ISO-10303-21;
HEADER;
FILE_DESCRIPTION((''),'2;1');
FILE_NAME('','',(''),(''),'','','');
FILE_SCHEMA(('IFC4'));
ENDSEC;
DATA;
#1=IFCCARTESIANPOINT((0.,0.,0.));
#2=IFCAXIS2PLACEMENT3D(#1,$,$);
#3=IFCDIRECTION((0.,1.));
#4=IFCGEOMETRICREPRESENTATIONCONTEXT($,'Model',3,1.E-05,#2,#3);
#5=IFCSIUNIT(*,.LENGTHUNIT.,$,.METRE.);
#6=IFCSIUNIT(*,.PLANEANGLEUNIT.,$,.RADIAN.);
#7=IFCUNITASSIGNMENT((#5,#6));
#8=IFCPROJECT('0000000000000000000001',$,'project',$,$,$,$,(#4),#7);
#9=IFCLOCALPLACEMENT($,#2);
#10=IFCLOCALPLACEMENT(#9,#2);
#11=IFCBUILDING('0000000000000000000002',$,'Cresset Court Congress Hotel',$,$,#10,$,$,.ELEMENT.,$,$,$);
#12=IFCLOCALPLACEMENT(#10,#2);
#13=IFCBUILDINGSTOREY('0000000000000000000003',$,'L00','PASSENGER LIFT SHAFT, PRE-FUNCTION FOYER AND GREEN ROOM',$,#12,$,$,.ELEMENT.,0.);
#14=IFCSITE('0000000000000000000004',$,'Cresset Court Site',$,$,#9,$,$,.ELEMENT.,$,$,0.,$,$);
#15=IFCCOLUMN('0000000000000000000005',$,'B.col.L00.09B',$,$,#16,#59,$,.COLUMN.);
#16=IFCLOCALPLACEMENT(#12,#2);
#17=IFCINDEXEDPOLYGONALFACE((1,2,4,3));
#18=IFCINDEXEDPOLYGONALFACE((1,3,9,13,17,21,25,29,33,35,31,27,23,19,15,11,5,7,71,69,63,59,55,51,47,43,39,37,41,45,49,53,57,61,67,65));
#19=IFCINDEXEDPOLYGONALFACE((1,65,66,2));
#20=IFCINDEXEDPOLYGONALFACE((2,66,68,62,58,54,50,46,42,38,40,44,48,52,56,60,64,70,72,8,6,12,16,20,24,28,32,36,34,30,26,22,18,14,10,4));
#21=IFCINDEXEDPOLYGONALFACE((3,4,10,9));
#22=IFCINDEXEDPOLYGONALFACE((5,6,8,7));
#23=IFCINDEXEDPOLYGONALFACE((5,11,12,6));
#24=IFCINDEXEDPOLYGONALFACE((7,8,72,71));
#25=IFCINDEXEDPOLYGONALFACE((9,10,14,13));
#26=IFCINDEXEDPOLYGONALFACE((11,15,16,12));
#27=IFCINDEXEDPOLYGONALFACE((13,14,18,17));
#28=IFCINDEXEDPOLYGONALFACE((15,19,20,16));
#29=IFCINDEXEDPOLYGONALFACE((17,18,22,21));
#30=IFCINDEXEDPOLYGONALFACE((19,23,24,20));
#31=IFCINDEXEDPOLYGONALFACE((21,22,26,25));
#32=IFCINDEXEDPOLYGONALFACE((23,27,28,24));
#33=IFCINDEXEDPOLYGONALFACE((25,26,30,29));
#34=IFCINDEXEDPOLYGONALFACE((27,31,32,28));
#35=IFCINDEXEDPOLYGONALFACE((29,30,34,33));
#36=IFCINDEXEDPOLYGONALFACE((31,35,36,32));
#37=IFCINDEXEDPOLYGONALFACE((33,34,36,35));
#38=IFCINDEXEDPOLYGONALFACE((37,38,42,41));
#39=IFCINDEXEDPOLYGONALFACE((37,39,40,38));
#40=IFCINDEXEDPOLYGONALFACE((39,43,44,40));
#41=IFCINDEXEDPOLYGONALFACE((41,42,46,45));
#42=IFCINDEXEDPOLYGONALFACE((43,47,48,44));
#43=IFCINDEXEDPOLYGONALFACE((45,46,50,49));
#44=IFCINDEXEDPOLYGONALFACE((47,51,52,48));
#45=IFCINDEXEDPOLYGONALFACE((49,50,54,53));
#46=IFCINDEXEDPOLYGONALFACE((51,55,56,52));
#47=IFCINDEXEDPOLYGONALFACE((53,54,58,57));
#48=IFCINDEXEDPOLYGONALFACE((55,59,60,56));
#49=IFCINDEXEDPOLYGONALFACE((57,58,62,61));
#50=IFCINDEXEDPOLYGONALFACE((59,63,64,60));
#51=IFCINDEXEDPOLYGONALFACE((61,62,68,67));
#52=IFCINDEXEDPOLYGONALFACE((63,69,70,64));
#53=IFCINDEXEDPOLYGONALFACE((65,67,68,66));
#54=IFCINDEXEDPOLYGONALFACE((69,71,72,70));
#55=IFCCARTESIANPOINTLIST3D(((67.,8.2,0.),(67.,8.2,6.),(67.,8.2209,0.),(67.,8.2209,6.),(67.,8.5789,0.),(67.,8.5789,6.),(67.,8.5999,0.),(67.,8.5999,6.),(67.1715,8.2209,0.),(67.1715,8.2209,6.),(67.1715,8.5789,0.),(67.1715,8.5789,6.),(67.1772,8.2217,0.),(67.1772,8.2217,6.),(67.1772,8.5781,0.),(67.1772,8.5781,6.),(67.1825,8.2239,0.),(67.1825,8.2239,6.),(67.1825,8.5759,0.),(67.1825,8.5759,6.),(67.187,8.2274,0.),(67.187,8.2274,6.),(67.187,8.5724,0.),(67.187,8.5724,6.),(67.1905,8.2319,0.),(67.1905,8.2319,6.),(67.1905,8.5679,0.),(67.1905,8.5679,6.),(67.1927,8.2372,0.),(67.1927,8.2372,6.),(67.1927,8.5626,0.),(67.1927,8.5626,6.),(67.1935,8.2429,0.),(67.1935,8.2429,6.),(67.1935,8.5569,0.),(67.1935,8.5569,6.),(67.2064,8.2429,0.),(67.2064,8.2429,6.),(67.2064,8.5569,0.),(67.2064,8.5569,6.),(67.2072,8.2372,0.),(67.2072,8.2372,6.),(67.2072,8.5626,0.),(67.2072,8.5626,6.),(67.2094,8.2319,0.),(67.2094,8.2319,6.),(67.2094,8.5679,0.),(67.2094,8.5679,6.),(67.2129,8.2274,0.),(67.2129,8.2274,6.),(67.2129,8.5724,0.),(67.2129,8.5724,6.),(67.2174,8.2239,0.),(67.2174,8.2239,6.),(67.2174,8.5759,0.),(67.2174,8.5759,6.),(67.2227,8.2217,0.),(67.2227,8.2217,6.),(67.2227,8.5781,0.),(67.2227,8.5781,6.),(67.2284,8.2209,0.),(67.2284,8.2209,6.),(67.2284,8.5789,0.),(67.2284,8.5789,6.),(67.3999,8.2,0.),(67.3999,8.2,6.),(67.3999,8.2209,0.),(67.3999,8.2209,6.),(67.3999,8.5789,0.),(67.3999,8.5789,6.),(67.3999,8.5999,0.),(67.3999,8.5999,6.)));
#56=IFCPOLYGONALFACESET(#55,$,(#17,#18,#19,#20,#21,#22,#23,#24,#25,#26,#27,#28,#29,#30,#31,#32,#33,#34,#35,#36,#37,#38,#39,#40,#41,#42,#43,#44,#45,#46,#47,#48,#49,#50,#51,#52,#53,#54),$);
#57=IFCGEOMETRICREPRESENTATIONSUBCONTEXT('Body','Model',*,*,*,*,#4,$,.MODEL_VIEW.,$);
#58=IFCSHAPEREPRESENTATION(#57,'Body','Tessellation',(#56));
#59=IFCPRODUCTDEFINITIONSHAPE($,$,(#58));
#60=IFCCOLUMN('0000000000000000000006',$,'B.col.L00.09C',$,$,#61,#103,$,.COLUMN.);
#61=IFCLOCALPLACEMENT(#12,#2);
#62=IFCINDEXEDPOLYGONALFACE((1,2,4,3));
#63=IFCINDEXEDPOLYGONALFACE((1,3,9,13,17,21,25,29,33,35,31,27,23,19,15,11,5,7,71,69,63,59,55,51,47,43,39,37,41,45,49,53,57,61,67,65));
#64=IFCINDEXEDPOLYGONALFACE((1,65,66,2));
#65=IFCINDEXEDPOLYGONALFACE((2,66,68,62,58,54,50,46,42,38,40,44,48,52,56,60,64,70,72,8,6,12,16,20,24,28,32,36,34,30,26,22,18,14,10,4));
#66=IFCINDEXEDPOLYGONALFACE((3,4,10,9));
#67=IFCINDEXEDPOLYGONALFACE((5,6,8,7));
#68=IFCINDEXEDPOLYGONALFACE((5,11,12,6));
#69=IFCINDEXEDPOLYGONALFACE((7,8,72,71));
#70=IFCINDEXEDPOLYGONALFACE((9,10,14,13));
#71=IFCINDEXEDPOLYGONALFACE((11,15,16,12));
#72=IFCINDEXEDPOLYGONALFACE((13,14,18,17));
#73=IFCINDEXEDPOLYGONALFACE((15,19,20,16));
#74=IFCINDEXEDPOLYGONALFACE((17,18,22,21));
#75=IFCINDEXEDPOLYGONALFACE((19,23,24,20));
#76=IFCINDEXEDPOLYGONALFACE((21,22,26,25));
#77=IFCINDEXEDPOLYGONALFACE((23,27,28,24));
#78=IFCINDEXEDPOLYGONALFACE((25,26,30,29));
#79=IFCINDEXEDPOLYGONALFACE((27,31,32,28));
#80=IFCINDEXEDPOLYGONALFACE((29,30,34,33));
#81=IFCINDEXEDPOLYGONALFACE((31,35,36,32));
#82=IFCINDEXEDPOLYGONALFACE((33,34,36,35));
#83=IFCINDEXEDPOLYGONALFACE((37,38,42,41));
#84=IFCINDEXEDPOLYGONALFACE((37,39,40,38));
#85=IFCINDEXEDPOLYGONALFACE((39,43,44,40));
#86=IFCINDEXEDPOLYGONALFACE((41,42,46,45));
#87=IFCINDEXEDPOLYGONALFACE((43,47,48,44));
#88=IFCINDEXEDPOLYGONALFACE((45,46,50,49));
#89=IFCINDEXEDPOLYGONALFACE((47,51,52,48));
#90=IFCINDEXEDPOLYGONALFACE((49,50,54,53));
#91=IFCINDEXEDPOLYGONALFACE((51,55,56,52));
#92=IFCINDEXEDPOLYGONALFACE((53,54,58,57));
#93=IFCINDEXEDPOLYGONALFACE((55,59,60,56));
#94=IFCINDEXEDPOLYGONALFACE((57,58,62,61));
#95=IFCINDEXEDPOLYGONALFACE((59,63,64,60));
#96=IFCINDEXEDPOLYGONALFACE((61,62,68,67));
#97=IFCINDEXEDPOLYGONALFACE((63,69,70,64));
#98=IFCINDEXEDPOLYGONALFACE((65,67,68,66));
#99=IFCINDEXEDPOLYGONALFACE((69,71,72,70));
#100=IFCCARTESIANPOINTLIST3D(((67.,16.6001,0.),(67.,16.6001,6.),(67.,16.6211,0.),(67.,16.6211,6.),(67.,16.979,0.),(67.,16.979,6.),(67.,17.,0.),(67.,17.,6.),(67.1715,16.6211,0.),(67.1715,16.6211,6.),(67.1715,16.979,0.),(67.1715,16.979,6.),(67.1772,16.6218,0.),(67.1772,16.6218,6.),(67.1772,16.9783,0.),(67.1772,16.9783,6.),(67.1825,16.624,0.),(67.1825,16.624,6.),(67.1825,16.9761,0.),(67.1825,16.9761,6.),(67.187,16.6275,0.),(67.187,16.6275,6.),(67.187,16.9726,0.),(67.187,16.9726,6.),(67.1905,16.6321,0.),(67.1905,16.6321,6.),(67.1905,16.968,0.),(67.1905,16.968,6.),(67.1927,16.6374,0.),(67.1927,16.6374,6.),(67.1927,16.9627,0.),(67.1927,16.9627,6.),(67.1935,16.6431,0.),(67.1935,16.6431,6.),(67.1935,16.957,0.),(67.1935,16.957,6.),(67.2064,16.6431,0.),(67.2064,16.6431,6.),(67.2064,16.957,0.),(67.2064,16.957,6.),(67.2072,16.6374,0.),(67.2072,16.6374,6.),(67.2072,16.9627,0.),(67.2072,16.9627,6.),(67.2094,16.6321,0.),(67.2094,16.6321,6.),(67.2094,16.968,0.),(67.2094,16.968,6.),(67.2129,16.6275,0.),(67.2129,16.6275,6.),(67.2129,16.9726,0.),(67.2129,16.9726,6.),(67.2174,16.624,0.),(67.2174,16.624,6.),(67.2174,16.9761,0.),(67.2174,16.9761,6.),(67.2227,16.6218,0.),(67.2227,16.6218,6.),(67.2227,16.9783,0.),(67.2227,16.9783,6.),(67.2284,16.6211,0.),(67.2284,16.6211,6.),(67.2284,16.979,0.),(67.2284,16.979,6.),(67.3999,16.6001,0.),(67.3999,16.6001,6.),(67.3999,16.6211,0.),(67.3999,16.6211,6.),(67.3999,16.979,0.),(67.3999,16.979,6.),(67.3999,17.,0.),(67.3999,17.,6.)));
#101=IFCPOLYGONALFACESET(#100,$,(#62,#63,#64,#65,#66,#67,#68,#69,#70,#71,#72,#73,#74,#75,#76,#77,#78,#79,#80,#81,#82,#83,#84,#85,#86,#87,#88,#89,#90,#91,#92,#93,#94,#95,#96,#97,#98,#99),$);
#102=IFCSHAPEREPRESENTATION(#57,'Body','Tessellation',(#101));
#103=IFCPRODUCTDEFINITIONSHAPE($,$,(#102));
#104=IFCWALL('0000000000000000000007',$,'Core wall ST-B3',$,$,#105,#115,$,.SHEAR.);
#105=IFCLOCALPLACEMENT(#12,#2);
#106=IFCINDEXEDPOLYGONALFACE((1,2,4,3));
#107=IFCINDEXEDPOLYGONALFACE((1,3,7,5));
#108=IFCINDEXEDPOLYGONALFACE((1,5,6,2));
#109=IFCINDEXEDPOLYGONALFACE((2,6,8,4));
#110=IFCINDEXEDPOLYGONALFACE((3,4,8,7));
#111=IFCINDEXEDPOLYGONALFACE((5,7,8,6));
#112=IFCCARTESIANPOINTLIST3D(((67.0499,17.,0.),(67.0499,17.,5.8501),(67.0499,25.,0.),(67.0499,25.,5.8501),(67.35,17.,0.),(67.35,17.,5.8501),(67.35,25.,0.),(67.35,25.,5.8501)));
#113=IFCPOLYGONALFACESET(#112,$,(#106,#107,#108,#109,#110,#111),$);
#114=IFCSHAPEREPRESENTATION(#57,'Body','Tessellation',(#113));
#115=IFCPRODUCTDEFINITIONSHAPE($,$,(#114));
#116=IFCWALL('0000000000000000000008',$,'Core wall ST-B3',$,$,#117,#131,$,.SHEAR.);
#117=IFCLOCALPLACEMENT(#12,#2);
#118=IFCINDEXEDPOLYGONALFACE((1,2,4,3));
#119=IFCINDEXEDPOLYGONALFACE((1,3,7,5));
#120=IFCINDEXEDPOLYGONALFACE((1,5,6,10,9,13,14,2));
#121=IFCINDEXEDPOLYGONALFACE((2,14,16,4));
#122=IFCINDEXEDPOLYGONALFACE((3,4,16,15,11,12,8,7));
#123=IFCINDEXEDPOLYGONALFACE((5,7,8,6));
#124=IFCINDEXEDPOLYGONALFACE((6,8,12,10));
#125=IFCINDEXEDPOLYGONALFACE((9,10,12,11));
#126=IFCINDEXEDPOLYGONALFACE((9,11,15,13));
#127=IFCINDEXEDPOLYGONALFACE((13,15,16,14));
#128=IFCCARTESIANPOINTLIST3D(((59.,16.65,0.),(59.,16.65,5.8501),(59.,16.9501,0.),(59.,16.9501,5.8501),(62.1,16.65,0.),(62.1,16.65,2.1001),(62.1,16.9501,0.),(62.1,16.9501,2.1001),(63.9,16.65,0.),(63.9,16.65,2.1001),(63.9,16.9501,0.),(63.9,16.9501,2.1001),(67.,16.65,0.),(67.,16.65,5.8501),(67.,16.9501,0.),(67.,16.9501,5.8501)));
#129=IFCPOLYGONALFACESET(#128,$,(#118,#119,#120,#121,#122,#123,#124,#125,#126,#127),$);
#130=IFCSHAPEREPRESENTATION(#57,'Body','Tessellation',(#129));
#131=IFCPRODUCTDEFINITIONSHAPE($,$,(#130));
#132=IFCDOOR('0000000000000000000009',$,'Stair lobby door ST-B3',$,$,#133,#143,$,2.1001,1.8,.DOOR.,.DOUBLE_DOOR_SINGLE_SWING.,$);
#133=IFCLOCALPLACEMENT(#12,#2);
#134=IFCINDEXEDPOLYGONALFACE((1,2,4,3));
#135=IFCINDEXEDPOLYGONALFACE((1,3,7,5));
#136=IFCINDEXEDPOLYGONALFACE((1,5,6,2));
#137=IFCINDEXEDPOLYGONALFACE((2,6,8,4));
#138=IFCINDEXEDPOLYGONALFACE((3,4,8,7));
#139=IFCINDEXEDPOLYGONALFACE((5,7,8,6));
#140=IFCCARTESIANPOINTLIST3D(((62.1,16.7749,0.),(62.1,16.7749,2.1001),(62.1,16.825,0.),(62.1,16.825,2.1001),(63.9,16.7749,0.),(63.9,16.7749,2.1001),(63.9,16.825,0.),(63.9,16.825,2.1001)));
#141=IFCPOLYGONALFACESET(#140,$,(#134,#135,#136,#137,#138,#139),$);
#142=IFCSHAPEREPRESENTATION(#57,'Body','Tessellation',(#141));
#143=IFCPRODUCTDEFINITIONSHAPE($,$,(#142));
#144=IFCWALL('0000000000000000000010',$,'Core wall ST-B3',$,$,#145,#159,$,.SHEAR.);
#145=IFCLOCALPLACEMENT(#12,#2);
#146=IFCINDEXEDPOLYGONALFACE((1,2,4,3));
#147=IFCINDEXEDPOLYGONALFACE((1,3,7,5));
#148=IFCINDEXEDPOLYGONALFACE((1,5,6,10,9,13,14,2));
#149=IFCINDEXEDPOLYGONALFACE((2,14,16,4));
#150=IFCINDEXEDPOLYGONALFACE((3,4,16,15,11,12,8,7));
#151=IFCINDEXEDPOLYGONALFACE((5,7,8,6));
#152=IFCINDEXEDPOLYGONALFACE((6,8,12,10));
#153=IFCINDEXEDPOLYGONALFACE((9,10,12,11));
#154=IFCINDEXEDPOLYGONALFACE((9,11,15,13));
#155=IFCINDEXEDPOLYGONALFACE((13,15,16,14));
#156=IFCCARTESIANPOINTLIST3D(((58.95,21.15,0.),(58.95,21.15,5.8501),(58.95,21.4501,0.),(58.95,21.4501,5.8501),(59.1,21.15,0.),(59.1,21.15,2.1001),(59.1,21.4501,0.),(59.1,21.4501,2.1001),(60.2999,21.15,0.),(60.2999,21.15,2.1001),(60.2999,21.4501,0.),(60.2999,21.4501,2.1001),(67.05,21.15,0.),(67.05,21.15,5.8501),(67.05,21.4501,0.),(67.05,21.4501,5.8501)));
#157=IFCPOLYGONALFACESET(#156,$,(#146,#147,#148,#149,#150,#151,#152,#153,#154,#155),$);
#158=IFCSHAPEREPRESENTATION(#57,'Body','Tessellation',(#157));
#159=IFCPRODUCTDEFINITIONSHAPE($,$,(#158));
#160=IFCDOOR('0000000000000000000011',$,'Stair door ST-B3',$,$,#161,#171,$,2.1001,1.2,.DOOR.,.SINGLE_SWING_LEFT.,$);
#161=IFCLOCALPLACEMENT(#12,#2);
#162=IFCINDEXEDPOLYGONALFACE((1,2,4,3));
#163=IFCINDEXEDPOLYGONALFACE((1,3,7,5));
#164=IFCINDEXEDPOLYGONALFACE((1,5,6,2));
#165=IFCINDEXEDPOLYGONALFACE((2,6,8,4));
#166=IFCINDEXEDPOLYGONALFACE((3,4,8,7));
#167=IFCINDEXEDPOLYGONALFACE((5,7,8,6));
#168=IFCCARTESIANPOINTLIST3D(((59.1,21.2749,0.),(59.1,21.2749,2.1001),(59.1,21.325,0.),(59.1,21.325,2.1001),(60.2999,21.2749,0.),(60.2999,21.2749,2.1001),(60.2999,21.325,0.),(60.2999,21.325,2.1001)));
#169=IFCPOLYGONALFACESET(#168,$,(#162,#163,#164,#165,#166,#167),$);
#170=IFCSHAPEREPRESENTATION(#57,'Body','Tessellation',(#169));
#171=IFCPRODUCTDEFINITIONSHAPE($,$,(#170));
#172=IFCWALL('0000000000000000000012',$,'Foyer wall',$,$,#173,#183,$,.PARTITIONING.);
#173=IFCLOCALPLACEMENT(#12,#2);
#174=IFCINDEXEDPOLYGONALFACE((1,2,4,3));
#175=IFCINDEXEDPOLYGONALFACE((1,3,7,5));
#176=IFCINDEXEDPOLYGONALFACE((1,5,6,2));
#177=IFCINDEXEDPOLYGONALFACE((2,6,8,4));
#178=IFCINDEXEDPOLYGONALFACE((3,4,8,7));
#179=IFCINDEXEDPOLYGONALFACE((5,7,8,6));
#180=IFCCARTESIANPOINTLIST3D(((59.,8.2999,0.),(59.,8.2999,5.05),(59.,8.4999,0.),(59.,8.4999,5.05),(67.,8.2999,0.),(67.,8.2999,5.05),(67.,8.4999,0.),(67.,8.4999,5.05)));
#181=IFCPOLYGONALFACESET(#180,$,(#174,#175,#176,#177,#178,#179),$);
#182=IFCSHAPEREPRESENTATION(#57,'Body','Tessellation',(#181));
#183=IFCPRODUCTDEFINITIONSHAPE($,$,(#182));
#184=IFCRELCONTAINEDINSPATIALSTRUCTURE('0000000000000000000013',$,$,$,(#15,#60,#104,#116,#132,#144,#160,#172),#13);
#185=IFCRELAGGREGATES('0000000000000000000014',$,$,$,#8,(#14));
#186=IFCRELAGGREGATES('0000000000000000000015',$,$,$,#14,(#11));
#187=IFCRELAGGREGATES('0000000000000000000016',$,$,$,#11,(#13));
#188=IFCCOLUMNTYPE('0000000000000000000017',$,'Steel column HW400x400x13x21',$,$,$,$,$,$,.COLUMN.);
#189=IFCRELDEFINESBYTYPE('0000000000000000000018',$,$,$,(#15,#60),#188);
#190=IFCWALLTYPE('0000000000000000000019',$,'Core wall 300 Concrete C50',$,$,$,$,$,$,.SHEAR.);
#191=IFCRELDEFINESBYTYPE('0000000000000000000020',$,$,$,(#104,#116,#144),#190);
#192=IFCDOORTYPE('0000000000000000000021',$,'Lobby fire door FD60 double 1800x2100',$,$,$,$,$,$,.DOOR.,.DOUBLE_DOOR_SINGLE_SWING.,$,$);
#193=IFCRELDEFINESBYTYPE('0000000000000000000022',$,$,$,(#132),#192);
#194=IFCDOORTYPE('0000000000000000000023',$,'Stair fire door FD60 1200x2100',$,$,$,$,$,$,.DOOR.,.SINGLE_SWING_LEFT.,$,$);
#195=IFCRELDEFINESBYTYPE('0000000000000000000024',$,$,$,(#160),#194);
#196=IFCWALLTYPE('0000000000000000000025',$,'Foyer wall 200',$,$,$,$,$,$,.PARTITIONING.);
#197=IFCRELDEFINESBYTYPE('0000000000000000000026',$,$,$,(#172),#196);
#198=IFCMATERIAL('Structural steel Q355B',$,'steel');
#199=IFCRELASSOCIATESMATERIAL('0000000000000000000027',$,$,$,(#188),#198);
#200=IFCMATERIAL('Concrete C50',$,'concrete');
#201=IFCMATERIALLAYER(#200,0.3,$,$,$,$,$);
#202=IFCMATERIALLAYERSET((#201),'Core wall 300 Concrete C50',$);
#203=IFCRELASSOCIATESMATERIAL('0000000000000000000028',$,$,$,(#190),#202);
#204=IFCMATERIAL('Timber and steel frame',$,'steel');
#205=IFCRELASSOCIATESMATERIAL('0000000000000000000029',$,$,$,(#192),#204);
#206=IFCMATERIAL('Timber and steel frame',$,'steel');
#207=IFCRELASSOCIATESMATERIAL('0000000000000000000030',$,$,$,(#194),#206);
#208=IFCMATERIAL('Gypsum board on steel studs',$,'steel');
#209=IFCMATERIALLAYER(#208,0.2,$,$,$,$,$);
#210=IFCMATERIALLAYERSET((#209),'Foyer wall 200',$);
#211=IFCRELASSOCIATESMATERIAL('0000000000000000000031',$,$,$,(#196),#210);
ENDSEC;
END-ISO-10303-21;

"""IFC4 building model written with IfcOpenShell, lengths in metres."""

from ifc_helpers import new_model, si_unit, direction, frame, frame_2d, origin, origin_2d, place, context, subcontext, project, spatial, rectangle, i_section, extrude, material, layer, layer_set, material_profile, profile_set, type_object, element, fill, save


model = new_model("IFC4")

# Units and contexts
model_context = context("Model", 3, precision=1e-05, world=origin(), true_north=direction((0.0, 1.0)))
body_context = subcontext(model_context, "Body", "Model", "MODEL_VIEW")
ifc_project = project(units=[si_unit("LENGTHUNIT", "METRE"), si_unit("PLANEANGLEUNIT", "RADIAN")], contexts=[model_context])

# Site, building, storey
site_placement = place(None, origin())
site = spatial("IfcSite", under=ifc_project, at=site_placement, Name="Cresset Court Site", CompositionType="ELEMENT", RefElevation=0.0)
building_placement = place(site_placement, origin())
building = spatial("IfcBuilding", under=site, at=building_placement, Name="Cresset Court Congress Hotel", CompositionType="ELEMENT")
storey_placement = place(building_placement, origin())
storey = spatial("IfcBuildingStorey", under=building, at=storey_placement, Name="L00", Description="PASSENGER LIFT SHAFT, PRE-FUNCTION FOYER AND GREEN ROOM", CompositionType="ELEMENT", Elevation=0.0)

# Columns
ifc_material_1 = material(Name="Structural steel Q355B", Category="steel")
ifc_material_profile = material_profile(ifc_material_1, i_section(OverallWidth=0.3999, OverallDepth=0.3999, WebThickness=0.0129, FlangeThickness=0.021, FilletRadius=0.022, at=origin_2d()), Name="HW400x400x13x21")
ifc_profile_set = profile_set([ifc_material_profile], Name="Structural steel Q355B")
column_type = type_object("IfcColumnType", Name="Steel column HW400x400x13x21", PredefinedType="COLUMN", material=ifc_profile_set)
for number, where, z_axis, x_axis, name in (
    (1, (67.2, 8.3999, 0.0), (0.0, 0.0, 1.0), (1.0, 0.0, 0.0), "B.col.L00.09B"),
    (2, (67.2, 16.8, 0.0), (0.0, 0.0, 1.0), (1.0, 0.0, 0.0), "B.col.L00.09C"),
):
    element("IfcColumn", number, at=place(storey_placement, frame(where, z_axis=z_axis, x_axis=x_axis)), inside=storey, type_object=column_type, Name=name, PredefinedType="COLUMN", context=body_context, shape_type="SweptSolid", body=[
        extrude(i_section(OverallWidth=0.3999, OverallDepth=0.3999, WebThickness=0.0129, FlangeThickness=0.021, FilletRadius=0.022, at=origin_2d()), origin(), (0.0, 0.0, 1.0), 6.0),
    ])

# Wall
ifc_material_2 = material(Name="Concrete C50", Category="concrete")
ifc_layer_1 = layer(ifc_material_2, 0.3)
ifc_layer_set_1 = layer_set([ifc_layer_1], Name="Core wall 300 Concrete C50")
wall_type_1 = type_object("IfcWallType", Name="Core wall 300 Concrete C50", PredefinedType="SHEAR", material=ifc_layer_set_1)
wall_1_placement = place(storey_placement, frame((67.2, 17.0, 0.0), z_axis=(0.0, 0.0, 1.0), x_axis=(0.0, 1.0, 0.0)))
element("IfcWall", 3, at=wall_1_placement, inside=storey, type_object=wall_type_1, Name="Core wall ST-B3", PredefinedType="SHEAR", context=body_context, shape_type="SweptSolid", body=[
    extrude(rectangle(XDim=8.0, YDim=0.3, at=frame_2d((4.0, 0.0))), origin(), (0.0, 0.0, 1.0), 5.8501),
])

# Walls, openings, doors
wall_2_placement = place(storey_placement, frame((59.0, 16.8, 0.0), z_axis=(0.0, 0.0, 1.0), x_axis=(1.0, 0.0, 0.0)))
wall_2 = element("IfcWall", 4, at=wall_2_placement, inside=storey, type_object=wall_type_1, Name="Core wall ST-B3", PredefinedType="SHEAR", context=body_context, shape_type="SweptSolid", body=[
    extrude(rectangle(XDim=8.0, YDim=0.3, at=frame_2d((4.0, 0.0))), origin(), (0.0, 0.0, 1.0), 5.8501),
])
opening_1_placement = place(wall_2_placement, frame((3.1001, 0.0, 0.0)))
opening_1 = element("IfcOpeningElement", 5, at=opening_1_placement, cuts=wall_2, PredefinedType="OPENING", context=body_context, shape_type="SweptSolid", body=[
    extrude(rectangle(XDim=1.8, YDim=2.1001, at=frame_2d((0.8999, 1.05))), frame((0.0, 0.1599, 0.0), z_axis=(0.0, -1.0, 0.0), x_axis=(1.0, 0.0, 0.0)), (0.0, 0.0, 1.0), 0.3201),
])
ifc_material_3 = material(Name="Timber and steel frame", Category="steel")
door_type_1 = type_object("IfcDoorType", Name="Lobby fire door FD60 double 1800x2100", OperationType="DOUBLE_DOOR_SINGLE_SWING", PredefinedType="DOOR", material=ifc_material_3)
door_1_placement = place(opening_1_placement, origin())
door_1 = element("IfcDoor", 6, at=door_1_placement, inside=storey, type_object=door_type_1, Name="Stair lobby door ST-B3", OperationType="DOUBLE_DOOR_SINGLE_SWING", OverallHeight=2.1001, OverallWidth=1.8, PredefinedType="DOOR", context=body_context, shape_type="SweptSolid", body=[
    extrude(rectangle(XDim=1.8, YDim=2.1001, at=frame_2d((0.8999, 1.05))), frame((0.0, 0.0249, 0.0), z_axis=(0.0, -1.0, 0.0), x_axis=(1.0, 0.0, 0.0)), (0.0, 0.0, 1.0), 0.05),
])
fill(opening_1, door_1)
wall_3_placement = place(storey_placement, frame((58.95, 21.3, 0.0), z_axis=(0.0, 0.0, 1.0), x_axis=(1.0, 0.0, 0.0)))
wall_3 = element("IfcWall", 7, at=wall_3_placement, inside=storey, type_object=wall_type_1, Name="Core wall ST-B3", PredefinedType="SHEAR", context=body_context, shape_type="SweptSolid", body=[
    extrude(rectangle(XDim=8.1001, YDim=0.3, at=frame_2d((4.05, 0.0))), origin(), (0.0, 0.0, 1.0), 5.8501),
])
opening_2_placement = place(wall_3_placement, frame((0.1499, 0.0, 0.0)))
opening_2 = element("IfcOpeningElement", 8, at=opening_2_placement, cuts=wall_3, PredefinedType="OPENING", context=body_context, shape_type="SweptSolid", body=[
    extrude(rectangle(XDim=1.2, YDim=2.1001, at=frame_2d((0.6001, 1.05))), frame((0.0, 0.1599, 0.0), z_axis=(0.0, -1.0, 0.0), x_axis=(1.0, 0.0, 0.0)), (0.0, 0.0, 1.0), 0.3201),
])
ifc_material_4 = material(Name="Timber and steel frame", Category="steel")
door_type_2 = type_object("IfcDoorType", Name="Stair fire door FD60 1200x2100", OperationType="SINGLE_SWING_LEFT", PredefinedType="DOOR", material=ifc_material_4)
door_2_placement = place(opening_2_placement, origin())
door_2 = element("IfcDoor", 9, at=door_2_placement, inside=storey, type_object=door_type_2, Name="Stair door ST-B3", OperationType="SINGLE_SWING_LEFT", OverallHeight=2.1001, OverallWidth=1.2, PredefinedType="DOOR", context=body_context, shape_type="SweptSolid", body=[
    extrude(rectangle(XDim=1.2, YDim=2.1001, at=frame_2d((0.6001, 1.05))), frame((0.0, 0.0249, 0.0), z_axis=(0.0, -1.0, 0.0), x_axis=(1.0, 0.0, 0.0)), (0.0, 0.0, 1.0), 0.05),
])
fill(opening_2, door_2)

# Wall
ifc_material_5 = material(Name="Gypsum board on steel studs", Category="steel")
ifc_layer_2 = layer(ifc_material_5, 0.2)
ifc_layer_set_2 = layer_set([ifc_layer_2], Name="Foyer wall 200")
wall_type_2 = type_object("IfcWallType", Name="Foyer wall 200", PredefinedType="PARTITIONING", material=ifc_layer_set_2)
wall_4_placement = place(storey_placement, frame((59.0, 8.3999, 0.0), z_axis=(0.0, 0.0, 1.0), x_axis=(1.0, 0.0, 0.0)))
element("IfcWall", 10, at=wall_4_placement, inside=storey, type_object=wall_type_2, Name="Foyer wall", PredefinedType="PARTITIONING", context=body_context, shape_type="SweptSolid", body=[
    extrude(rectangle(XDim=8.0, YDim=0.2, at=frame_2d((4.0, 0.0))), origin(), (0.0, 0.0, 1.0), 5.05),
])

save(model, "model.ifc")
